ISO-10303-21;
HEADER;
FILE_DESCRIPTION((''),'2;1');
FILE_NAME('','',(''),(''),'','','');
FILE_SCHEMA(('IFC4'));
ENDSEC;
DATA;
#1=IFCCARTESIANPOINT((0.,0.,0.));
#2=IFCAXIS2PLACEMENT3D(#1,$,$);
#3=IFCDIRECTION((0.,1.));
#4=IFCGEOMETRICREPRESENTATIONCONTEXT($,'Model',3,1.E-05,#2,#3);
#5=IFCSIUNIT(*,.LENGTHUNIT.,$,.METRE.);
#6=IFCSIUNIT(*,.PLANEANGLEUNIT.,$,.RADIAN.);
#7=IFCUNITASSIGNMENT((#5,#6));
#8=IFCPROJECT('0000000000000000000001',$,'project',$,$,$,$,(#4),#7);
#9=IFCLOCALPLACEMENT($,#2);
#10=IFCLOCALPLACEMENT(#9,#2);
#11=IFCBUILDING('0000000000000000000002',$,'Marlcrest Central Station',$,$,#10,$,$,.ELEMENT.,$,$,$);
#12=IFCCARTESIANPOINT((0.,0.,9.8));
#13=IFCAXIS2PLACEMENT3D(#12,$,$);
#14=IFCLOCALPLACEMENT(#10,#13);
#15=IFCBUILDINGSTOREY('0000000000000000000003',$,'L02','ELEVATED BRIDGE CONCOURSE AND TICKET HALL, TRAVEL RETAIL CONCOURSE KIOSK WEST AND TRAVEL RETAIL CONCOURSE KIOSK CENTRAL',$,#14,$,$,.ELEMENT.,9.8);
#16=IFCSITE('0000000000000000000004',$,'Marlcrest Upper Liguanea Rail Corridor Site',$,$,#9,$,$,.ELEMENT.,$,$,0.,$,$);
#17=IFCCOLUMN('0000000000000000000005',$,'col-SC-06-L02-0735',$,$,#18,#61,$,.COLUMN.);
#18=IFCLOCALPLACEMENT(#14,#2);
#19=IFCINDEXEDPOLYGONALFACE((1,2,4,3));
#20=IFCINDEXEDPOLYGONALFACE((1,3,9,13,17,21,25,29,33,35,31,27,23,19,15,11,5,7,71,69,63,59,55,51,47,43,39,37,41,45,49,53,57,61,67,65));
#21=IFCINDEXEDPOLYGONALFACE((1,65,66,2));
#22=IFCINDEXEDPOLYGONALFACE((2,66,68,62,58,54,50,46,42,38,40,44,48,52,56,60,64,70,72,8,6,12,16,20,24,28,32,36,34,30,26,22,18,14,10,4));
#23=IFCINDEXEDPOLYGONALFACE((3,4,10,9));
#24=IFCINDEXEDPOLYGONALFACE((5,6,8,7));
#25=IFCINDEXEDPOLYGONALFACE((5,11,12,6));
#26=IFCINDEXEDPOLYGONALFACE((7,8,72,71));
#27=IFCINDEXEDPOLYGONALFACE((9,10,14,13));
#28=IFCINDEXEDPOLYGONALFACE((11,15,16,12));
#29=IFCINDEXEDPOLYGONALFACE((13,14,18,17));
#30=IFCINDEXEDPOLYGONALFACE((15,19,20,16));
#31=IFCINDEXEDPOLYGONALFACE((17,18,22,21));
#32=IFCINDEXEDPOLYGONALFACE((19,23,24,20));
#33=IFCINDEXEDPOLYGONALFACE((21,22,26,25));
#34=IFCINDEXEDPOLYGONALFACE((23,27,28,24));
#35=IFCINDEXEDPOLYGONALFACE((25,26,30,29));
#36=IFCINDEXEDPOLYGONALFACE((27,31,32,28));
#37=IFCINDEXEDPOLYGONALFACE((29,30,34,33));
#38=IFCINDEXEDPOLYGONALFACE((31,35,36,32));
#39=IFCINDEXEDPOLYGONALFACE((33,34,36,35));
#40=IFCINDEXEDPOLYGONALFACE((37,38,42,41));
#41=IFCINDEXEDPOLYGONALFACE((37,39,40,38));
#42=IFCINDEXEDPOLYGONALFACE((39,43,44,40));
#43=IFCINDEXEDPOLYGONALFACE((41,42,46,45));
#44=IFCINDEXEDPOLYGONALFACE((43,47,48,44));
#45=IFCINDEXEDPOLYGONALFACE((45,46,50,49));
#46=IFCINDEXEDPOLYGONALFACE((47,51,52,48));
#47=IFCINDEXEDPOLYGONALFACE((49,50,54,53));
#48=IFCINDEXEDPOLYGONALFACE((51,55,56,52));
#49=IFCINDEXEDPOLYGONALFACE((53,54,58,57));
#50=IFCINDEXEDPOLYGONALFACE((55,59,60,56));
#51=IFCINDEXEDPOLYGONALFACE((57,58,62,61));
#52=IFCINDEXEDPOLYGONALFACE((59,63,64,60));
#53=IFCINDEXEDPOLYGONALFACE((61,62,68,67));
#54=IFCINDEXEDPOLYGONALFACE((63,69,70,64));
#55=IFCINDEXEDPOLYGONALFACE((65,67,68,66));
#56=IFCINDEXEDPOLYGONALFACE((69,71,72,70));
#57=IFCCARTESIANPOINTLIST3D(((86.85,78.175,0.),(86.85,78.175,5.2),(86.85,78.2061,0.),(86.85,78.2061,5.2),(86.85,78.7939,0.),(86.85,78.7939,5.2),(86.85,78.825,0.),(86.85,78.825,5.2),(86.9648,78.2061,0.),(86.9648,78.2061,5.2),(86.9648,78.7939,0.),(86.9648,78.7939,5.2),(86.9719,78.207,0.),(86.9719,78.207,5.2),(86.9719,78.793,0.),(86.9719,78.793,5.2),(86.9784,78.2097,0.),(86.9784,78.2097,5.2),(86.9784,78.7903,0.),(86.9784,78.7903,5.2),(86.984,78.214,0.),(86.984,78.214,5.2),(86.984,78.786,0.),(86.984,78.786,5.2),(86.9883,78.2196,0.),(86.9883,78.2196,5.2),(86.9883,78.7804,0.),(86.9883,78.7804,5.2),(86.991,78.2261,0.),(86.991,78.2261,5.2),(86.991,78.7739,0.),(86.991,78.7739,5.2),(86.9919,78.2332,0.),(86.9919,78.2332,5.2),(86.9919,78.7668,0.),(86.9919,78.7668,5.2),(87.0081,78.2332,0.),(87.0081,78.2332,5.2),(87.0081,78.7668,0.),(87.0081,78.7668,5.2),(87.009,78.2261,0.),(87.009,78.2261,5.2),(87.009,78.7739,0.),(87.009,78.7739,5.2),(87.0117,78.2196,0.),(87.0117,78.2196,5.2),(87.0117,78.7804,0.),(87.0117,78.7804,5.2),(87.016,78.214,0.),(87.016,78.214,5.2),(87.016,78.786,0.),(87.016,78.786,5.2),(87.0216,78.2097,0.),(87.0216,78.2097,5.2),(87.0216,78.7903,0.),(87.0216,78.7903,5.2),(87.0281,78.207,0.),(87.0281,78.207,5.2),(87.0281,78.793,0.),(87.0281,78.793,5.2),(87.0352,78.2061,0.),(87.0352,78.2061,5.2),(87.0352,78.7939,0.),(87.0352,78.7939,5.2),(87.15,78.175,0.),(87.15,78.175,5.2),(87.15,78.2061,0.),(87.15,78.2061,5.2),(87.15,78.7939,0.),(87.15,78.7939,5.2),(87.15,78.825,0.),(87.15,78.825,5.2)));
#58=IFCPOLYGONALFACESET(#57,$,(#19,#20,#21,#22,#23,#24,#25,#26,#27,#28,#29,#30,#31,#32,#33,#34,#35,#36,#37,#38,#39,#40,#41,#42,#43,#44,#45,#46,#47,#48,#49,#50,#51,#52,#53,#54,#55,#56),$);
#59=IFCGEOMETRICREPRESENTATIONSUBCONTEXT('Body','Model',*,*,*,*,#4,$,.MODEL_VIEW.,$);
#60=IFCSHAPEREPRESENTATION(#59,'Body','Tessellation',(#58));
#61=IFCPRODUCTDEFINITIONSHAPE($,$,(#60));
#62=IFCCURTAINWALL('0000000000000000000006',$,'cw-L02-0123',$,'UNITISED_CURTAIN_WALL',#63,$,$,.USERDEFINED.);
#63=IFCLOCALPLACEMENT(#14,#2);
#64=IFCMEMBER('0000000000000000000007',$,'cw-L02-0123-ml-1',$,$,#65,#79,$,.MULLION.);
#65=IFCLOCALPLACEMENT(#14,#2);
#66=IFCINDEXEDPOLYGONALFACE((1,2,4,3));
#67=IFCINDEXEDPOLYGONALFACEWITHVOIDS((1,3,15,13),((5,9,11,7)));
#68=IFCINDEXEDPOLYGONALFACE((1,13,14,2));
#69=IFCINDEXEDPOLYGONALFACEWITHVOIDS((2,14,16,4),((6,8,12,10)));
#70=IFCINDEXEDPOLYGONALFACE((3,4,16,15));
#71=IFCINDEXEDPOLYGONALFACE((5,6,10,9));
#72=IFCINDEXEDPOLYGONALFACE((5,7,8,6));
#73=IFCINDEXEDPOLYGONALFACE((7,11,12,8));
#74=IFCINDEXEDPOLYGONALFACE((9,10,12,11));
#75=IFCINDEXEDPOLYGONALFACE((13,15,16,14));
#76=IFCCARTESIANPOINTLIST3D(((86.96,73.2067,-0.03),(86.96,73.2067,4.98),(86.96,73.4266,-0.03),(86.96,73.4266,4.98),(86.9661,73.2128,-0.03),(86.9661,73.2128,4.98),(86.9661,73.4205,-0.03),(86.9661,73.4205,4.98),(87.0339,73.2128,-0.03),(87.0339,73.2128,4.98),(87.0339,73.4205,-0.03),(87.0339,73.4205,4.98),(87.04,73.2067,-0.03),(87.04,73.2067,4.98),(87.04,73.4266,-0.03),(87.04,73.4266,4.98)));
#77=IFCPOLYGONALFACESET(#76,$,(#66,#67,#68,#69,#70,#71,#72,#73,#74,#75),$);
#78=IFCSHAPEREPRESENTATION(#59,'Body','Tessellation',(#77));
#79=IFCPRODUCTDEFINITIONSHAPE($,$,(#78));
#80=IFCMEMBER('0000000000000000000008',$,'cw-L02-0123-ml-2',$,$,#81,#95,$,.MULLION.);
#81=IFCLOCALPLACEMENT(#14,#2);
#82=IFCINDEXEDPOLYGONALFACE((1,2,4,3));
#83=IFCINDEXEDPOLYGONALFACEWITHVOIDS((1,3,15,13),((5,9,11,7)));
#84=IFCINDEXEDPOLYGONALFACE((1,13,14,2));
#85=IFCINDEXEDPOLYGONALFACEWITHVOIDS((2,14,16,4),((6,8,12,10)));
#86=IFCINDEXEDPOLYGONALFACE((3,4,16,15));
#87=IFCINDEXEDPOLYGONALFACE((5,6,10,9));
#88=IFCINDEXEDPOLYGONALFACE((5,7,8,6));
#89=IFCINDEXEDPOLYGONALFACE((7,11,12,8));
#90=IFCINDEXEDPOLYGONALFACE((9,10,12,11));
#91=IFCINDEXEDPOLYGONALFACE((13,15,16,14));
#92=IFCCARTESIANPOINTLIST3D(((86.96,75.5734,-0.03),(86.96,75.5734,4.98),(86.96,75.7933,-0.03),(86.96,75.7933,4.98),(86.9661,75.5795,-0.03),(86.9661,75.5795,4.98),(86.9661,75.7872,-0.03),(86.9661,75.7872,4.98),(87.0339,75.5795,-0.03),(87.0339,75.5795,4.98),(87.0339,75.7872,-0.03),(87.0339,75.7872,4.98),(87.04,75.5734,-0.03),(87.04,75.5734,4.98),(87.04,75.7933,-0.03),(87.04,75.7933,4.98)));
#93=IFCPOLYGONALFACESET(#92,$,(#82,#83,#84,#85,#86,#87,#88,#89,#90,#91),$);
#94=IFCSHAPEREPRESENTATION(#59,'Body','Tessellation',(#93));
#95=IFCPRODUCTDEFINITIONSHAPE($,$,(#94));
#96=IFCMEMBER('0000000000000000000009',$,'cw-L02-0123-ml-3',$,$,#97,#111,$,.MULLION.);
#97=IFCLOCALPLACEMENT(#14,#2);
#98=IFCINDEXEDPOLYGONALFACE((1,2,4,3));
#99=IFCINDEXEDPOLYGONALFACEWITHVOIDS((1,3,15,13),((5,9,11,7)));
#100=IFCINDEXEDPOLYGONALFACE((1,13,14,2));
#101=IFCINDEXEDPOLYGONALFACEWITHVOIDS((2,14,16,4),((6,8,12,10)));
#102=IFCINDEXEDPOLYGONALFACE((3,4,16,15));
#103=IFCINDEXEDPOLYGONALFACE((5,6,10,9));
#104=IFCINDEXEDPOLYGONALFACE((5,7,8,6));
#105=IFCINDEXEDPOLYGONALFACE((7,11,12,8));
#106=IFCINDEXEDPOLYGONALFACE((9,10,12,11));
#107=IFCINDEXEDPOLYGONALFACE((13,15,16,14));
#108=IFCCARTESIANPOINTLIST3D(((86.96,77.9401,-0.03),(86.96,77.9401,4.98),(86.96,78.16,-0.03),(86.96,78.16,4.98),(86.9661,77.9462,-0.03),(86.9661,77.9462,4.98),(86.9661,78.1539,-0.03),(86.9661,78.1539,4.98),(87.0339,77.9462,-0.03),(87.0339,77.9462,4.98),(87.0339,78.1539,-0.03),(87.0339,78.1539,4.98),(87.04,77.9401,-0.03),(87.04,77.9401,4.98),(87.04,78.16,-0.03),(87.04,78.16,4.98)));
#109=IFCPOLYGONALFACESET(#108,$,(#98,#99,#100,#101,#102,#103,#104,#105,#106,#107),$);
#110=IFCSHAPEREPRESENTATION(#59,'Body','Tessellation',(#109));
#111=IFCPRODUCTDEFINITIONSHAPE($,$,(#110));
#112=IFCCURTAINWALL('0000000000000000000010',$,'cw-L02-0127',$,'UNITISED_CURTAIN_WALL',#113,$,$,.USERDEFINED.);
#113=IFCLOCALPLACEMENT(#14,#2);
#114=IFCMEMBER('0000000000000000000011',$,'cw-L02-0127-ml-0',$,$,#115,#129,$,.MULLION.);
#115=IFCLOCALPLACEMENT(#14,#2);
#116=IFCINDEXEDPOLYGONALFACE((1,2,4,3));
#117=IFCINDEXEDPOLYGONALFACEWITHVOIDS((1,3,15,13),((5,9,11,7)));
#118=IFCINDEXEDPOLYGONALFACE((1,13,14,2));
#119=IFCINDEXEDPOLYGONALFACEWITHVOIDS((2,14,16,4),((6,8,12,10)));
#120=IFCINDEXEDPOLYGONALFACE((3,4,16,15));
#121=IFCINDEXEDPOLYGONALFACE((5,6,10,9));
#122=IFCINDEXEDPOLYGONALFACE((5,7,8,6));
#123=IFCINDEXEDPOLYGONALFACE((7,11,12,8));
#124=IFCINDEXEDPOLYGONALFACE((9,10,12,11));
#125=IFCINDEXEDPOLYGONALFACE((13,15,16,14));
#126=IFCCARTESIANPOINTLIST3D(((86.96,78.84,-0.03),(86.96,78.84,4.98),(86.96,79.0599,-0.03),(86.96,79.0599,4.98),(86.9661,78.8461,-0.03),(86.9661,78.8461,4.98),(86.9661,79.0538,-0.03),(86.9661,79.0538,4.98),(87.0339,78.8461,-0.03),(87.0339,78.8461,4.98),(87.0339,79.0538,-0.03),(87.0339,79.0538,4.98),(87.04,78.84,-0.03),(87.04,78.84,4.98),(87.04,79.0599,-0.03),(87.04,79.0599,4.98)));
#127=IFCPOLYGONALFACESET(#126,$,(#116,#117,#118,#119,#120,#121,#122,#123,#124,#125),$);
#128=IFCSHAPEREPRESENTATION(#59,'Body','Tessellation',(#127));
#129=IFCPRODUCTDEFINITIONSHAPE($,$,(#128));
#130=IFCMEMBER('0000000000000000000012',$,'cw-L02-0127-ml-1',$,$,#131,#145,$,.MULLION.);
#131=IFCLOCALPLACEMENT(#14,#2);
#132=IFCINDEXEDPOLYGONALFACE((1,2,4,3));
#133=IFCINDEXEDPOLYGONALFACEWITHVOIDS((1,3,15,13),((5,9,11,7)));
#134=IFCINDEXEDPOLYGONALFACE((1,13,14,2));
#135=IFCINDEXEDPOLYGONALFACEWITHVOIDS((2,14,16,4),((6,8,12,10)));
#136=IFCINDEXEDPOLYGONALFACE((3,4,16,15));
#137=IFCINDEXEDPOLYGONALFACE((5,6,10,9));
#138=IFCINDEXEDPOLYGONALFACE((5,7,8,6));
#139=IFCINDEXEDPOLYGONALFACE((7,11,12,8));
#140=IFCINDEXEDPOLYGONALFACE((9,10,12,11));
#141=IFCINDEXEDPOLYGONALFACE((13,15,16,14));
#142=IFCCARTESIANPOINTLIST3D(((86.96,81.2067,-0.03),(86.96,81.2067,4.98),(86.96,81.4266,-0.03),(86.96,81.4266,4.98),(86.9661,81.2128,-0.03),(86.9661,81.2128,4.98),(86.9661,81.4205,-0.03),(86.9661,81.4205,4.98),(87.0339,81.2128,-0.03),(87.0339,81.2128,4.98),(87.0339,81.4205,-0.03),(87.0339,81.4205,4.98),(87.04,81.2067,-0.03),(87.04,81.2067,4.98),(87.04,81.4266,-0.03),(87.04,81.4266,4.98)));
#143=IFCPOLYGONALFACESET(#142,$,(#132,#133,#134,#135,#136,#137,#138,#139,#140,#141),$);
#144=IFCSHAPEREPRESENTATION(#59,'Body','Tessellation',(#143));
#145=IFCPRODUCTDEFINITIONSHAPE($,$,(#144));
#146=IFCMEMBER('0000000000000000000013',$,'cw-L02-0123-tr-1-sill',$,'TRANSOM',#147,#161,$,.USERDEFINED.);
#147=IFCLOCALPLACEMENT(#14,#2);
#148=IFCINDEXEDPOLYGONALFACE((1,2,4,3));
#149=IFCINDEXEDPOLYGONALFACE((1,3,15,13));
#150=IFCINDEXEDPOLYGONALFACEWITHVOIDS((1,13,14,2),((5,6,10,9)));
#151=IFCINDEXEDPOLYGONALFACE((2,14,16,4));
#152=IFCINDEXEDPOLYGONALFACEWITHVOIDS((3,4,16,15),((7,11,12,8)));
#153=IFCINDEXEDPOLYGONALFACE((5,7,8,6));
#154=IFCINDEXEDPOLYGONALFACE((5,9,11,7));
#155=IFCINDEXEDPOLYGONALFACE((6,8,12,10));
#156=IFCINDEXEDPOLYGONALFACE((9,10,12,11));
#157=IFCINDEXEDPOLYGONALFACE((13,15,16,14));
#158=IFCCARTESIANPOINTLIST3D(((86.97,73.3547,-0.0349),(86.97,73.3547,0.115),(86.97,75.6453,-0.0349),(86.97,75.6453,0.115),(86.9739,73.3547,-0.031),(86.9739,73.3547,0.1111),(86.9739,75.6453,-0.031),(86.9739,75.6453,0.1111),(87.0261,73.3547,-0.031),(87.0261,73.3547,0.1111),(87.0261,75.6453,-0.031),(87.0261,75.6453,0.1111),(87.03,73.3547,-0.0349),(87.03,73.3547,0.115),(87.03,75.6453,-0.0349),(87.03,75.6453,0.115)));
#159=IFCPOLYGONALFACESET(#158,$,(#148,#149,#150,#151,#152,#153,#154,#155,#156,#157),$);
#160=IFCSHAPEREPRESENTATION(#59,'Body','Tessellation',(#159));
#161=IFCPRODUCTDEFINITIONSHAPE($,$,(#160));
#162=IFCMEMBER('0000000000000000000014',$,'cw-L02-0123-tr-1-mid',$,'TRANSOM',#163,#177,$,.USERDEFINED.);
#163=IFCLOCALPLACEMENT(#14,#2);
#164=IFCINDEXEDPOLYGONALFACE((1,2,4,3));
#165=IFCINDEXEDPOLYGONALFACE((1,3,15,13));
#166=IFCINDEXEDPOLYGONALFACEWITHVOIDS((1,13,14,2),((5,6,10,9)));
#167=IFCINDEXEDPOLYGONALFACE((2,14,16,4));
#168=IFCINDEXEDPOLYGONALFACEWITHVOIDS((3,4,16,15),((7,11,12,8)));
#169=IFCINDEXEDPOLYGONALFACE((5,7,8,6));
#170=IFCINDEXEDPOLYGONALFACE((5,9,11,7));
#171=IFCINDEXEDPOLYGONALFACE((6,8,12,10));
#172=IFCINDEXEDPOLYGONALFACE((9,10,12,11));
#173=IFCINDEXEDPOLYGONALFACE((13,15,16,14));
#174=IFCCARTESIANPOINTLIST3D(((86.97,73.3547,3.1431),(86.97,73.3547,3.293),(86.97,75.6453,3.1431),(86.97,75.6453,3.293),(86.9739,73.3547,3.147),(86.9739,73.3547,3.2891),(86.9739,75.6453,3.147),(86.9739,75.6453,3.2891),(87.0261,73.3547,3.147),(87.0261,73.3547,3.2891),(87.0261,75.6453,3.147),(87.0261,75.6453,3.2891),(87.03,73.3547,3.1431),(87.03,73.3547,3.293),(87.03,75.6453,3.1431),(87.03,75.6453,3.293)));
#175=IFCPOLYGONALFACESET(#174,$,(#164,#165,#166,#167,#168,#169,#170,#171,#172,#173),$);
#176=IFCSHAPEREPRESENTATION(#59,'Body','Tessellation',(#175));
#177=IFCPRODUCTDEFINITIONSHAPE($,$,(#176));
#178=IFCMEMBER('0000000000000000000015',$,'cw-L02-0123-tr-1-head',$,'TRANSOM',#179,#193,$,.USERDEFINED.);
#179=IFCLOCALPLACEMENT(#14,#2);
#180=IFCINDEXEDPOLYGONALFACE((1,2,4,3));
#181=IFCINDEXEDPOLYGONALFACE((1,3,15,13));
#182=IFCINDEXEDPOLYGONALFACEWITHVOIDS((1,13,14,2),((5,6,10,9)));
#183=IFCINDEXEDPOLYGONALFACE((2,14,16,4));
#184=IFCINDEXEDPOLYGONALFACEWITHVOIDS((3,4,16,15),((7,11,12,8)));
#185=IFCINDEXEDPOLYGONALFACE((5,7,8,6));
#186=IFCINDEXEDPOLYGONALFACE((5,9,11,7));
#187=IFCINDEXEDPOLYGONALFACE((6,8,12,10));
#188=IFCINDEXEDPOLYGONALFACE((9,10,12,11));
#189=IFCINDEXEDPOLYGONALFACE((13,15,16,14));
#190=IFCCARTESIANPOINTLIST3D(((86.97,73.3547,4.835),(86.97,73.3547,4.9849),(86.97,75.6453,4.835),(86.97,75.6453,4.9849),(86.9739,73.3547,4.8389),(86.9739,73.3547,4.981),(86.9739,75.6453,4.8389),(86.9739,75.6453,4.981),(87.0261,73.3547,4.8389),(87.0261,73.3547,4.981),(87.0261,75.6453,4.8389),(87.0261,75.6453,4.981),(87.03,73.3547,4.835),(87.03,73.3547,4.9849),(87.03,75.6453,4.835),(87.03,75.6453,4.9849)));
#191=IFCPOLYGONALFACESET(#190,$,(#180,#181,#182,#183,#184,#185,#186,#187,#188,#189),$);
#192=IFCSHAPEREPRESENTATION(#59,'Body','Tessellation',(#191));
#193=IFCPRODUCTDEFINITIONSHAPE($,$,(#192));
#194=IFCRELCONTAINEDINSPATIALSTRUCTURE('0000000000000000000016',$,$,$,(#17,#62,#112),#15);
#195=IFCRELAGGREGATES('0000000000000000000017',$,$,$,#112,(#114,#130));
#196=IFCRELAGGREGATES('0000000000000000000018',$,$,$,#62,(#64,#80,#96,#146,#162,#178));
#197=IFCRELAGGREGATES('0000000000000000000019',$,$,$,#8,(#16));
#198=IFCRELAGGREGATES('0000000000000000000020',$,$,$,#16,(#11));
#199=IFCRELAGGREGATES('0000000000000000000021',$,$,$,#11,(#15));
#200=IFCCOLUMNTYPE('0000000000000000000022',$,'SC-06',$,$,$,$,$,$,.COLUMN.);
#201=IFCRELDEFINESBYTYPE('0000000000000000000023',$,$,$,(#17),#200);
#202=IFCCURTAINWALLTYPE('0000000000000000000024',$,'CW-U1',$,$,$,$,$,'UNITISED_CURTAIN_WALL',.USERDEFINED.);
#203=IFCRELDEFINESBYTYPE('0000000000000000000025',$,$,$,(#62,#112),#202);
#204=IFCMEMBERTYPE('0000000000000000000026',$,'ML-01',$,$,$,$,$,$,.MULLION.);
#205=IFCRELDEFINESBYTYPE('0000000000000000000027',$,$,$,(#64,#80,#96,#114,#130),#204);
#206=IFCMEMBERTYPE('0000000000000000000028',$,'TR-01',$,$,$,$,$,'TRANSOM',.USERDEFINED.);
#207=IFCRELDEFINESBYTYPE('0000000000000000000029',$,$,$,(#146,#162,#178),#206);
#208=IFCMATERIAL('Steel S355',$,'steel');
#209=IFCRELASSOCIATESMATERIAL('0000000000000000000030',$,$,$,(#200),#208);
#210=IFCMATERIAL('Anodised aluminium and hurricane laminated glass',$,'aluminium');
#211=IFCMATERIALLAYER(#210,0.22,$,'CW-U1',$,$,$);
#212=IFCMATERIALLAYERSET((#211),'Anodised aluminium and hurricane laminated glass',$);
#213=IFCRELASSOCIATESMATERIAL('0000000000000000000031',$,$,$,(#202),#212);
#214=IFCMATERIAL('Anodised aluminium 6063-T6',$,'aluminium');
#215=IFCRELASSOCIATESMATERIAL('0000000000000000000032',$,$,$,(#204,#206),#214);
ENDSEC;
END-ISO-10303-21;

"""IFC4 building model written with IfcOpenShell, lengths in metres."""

from ifc_helpers import new_model, si_unit, direction, frame, origin, origin_2d, place, context, subcontext, project, spatial, hollow_rectangle, i_section, extrude, material, layer, layer_set, material_profile, profile_set, type_object, element, aggregate, save


model = new_model("IFC4")

# Units and contexts
model_context = context("Model", 3, precision=1e-05, world=origin(), true_north=direction((0.0, 1.0)))
body_context = subcontext(model_context, "Body", "Model", "MODEL_VIEW")
ifc_project = project(units=[si_unit("LENGTHUNIT", "METRE"), si_unit("PLANEANGLEUNIT", "RADIAN")], contexts=[model_context])

# Site, building, storey
site_placement = place(None, origin())
site = spatial("IfcSite", under=ifc_project, at=site_placement, Name="Marlcrest Upper Liguanea Rail Corridor Site", CompositionType="ELEMENT", RefElevation=0.0)
building_placement = place(site_placement, origin())
building = spatial("IfcBuilding", under=site, at=building_placement, Name="Marlcrest Central Station", CompositionType="ELEMENT")
storey_placement = place(building_placement, frame((0.0, 0.0, 9.8)))
storey = spatial("IfcBuildingStorey", under=building, at=storey_placement, Name="L02", Description="ELEVATED BRIDGE CONCOURSE AND TICKET HALL, TRAVEL RETAIL CONCOURSE KIOSK WEST AND TRAVEL RETAIL CONCOURSE KIOSK CENTRAL", CompositionType="ELEMENT", Elevation=9.8)

# Column
ifc_material_1 = material(Name="Steel S355", Category="steel")
ifc_material_profile_1 = material_profile(ifc_material_1, i_section(OverallWidth=0.3, OverallDepth=0.6499, WebThickness=0.0161, FlangeThickness=0.031, FilletRadius=0.0271, at=origin_2d()), Name="HEB 650")
ifc_profile_set_1 = profile_set([ifc_material_profile_1], Name="Steel S355")
column_type = type_object("IfcColumnType", Name="SC-06", PredefinedType="COLUMN", material=ifc_profile_set_1)
column_placement = place(storey_placement, frame((87.0, 78.5, 0.0), z_axis=(0.0, 0.0, 1.0), x_axis=(1.0, 0.0, 0.0)))
element("IfcColumn", 1, at=column_placement, inside=storey, type_object=column_type, Name="col-SC-06-L02-0735", PredefinedType="COLUMN", context=body_context, shape_type="SweptSolid", body=[
    extrude(i_section(OverallWidth=0.3, OverallDepth=0.6499, WebThickness=0.0161, FlangeThickness=0.031, FilletRadius=0.0271, at=origin_2d()), origin(), (0.0, 0.0, 1.0), 5.2),
])

# Curtain walls, members
ifc_material_2 = material(Name="Anodised aluminium and hurricane laminated glass", Category="aluminium")
ifc_layer_1 = layer(ifc_material_2, 0.22, Name="CW-U1")
ifc_layer_set_1 = layer_set([ifc_layer_1], Name="Anodised aluminium and hurricane laminated glass")
curtain_wall_type = type_object("IfcCurtainWallType", Name="CW-U1", ElementType="UNITISED_CURTAIN_WALL", PredefinedType="USERDEFINED", material=ifc_layer_set_1)
curtain_wall_1_placement = place(storey_placement, origin())
curtain_wall_1 = element("IfcCurtainWall", 2, at=curtain_wall_1_placement, inside=storey, type_object=curtain_wall_type, Name="cw-L02-0123", ObjectType="UNITISED_CURTAIN_WALL", PredefinedType="USERDEFINED")
ifc_material_3 = material(Name="Anodised aluminium 6063-T6", Category="aluminium")
ifc_material_profile_2 = material_profile(ifc_material_3, hollow_rectangle(XDim=0.0801, YDim=0.22, WallThickness=0.0061, at=origin_2d()), Name="AA-RHS 220x80x6")
ifc_profile_set_2 = profile_set([ifc_material_profile_2], Name="Anodised aluminium 6063-T6")
member_type_1 = type_object("IfcMemberType", Name="ML-01", PredefinedType="MULLION", material=ifc_profile_set_2)
member_1_placement = place(storey_placement, frame((87.0, 73.3167, -0.03), z_axis=(0.0, 0.0, 1.0), x_axis=(1.0, 0.0, 0.0)))
member_1 = element("IfcMember", 3, at=member_1_placement, type_object=member_type_1, Name="cw-L02-0123-ml-1", PredefinedType="MULLION", context=body_context, shape_type="SweptSolid", body=[
    extrude(hollow_rectangle(XDim=0.0801, YDim=0.22, WallThickness=0.0061, at=origin_2d()), origin(), (0.0, 0.0, 1.0), 5.01),
])
member_2_placement = place(storey_placement, frame((87.0, 75.6833, -0.03), z_axis=(0.0, 0.0, 1.0), x_axis=(1.0, 0.0, 0.0)))
member_2 = element("IfcMember", 4, at=member_2_placement, type_object=member_type_1, Name="cw-L02-0123-ml-2", PredefinedType="MULLION", context=body_context, shape_type="SweptSolid", body=[
    extrude(hollow_rectangle(XDim=0.0801, YDim=0.22, WallThickness=0.0061, at=origin_2d()), origin(), (0.0, 0.0, 1.0), 5.01),
])
member_3_placement = place(storey_placement, frame((87.0, 78.05, -0.03), z_axis=(0.0, 0.0, 1.0), x_axis=(1.0, 0.0, 0.0)))
member_3 = element("IfcMember", 5, at=member_3_placement, type_object=member_type_1, Name="cw-L02-0123-ml-3", PredefinedType="MULLION", context=body_context, shape_type="SweptSolid", body=[
    extrude(hollow_rectangle(XDim=0.0801, YDim=0.22, WallThickness=0.0061, at=origin_2d()), origin(), (0.0, 0.0, 1.0), 5.01),
])
curtain_wall_2_placement = place(storey_placement, origin())
curtain_wall_2 = element("IfcCurtainWall", 6, at=curtain_wall_2_placement, inside=storey, type_object=curtain_wall_type, Name="cw-L02-0127", ObjectType="UNITISED_CURTAIN_WALL", PredefinedType="USERDEFINED")
member_4_placement = place(storey_placement, frame((87.0, 78.95, -0.03), z_axis=(0.0, 0.0, 1.0), x_axis=(1.0, 0.0, 0.0)))
member_4 = element("IfcMember", 7, at=member_4_placement, type_object=member_type_1, Name="cw-L02-0127-ml-0", PredefinedType="MULLION", context=body_context, shape_type="SweptSolid", body=[
    extrude(hollow_rectangle(XDim=0.0801, YDim=0.22, WallThickness=0.0061, at=origin_2d()), origin(), (0.0, 0.0, 1.0), 5.01),
])
member_5_placement = place(storey_placement, frame((87.0, 81.3167, -0.03), z_axis=(0.0, 0.0, 1.0), x_axis=(1.0, 0.0, 0.0)))
member_5 = element("IfcMember", 8, at=member_5_placement, type_object=member_type_1, Name="cw-L02-0127-ml-1", PredefinedType="MULLION", context=body_context, shape_type="SweptSolid", body=[
    extrude(hollow_rectangle(XDim=0.0801, YDim=0.22, WallThickness=0.0061, at=origin_2d()), origin(), (0.0, 0.0, 1.0), 5.01),
])

# Members
ifc_material_profile_3 = material_profile(ifc_material_3, hollow_rectangle(XDim=0.0601, YDim=0.1499, WallThickness=0.0039, at=origin_2d()), Name="AA-RHS 150x60x4")
ifc_profile_set_3 = profile_set([ifc_material_profile_3], Name="Anodised aluminium 6063-T6")
member_type_2 = type_object("IfcMemberType", Name="TR-01", ElementType="TRANSOM", PredefinedType="USERDEFINED", material=ifc_profile_set_3)
member_6_placement = place(storey_placement, frame((87.0, 73.3547, 0.04), z_axis=(0.0, 1.0, 0.0), x_axis=(-1.0, 0.0, 0.0)))
member_6 = element("IfcMember", 9, at=member_6_placement, type_object=member_type_2, Name="cw-L02-0123-tr-1-sill", ObjectType="TRANSOM", PredefinedType="USERDEFINED", context=body_context, shape_type="SweptSolid", body=[
    extrude(hollow_rectangle(XDim=0.0601, YDim=0.1499, WallThickness=0.0039, at=origin_2d()), origin(), (0.0, 0.0, 1.0), 2.2905),
])
member_7_placement = place(storey_placement, frame((87.0, 73.3547, 3.218), z_axis=(0.0, 1.0, 0.0), x_axis=(-1.0, 0.0, 0.0)))
member_7 = element("IfcMember", 10, at=member_7_placement, type_object=member_type_2, Name="cw-L02-0123-tr-1-mid", ObjectType="TRANSOM", PredefinedType="USERDEFINED", context=body_context, shape_type="SweptSolid", body=[
    extrude(hollow_rectangle(XDim=0.0601, YDim=0.1499, WallThickness=0.0039, at=origin_2d()), origin(), (0.0, 0.0, 1.0), 2.2905),
])
member_8_placement = place(storey_placement, frame((87.0, 73.3547, 4.9099), z_axis=(0.0, 1.0, 0.0), x_axis=(-1.0, 0.0, 0.0)))
member_8 = element("IfcMember", 11, at=member_8_placement, type_object=member_type_2, Name="cw-L02-0123-tr-1-head", ObjectType="TRANSOM", PredefinedType="USERDEFINED", context=body_context, shape_type="SweptSolid", body=[
    extrude(hollow_rectangle(XDim=0.0601, YDim=0.1499, WallThickness=0.0039, at=origin_2d()), origin(), (0.0, 0.0, 1.0), 2.2905),
])

aggregate(curtain_wall_2, [member_4, member_5])
aggregate(curtain_wall_1, [member_1, member_2, member_3, member_6, member_7, member_8])

save(model, "model.ifc")
